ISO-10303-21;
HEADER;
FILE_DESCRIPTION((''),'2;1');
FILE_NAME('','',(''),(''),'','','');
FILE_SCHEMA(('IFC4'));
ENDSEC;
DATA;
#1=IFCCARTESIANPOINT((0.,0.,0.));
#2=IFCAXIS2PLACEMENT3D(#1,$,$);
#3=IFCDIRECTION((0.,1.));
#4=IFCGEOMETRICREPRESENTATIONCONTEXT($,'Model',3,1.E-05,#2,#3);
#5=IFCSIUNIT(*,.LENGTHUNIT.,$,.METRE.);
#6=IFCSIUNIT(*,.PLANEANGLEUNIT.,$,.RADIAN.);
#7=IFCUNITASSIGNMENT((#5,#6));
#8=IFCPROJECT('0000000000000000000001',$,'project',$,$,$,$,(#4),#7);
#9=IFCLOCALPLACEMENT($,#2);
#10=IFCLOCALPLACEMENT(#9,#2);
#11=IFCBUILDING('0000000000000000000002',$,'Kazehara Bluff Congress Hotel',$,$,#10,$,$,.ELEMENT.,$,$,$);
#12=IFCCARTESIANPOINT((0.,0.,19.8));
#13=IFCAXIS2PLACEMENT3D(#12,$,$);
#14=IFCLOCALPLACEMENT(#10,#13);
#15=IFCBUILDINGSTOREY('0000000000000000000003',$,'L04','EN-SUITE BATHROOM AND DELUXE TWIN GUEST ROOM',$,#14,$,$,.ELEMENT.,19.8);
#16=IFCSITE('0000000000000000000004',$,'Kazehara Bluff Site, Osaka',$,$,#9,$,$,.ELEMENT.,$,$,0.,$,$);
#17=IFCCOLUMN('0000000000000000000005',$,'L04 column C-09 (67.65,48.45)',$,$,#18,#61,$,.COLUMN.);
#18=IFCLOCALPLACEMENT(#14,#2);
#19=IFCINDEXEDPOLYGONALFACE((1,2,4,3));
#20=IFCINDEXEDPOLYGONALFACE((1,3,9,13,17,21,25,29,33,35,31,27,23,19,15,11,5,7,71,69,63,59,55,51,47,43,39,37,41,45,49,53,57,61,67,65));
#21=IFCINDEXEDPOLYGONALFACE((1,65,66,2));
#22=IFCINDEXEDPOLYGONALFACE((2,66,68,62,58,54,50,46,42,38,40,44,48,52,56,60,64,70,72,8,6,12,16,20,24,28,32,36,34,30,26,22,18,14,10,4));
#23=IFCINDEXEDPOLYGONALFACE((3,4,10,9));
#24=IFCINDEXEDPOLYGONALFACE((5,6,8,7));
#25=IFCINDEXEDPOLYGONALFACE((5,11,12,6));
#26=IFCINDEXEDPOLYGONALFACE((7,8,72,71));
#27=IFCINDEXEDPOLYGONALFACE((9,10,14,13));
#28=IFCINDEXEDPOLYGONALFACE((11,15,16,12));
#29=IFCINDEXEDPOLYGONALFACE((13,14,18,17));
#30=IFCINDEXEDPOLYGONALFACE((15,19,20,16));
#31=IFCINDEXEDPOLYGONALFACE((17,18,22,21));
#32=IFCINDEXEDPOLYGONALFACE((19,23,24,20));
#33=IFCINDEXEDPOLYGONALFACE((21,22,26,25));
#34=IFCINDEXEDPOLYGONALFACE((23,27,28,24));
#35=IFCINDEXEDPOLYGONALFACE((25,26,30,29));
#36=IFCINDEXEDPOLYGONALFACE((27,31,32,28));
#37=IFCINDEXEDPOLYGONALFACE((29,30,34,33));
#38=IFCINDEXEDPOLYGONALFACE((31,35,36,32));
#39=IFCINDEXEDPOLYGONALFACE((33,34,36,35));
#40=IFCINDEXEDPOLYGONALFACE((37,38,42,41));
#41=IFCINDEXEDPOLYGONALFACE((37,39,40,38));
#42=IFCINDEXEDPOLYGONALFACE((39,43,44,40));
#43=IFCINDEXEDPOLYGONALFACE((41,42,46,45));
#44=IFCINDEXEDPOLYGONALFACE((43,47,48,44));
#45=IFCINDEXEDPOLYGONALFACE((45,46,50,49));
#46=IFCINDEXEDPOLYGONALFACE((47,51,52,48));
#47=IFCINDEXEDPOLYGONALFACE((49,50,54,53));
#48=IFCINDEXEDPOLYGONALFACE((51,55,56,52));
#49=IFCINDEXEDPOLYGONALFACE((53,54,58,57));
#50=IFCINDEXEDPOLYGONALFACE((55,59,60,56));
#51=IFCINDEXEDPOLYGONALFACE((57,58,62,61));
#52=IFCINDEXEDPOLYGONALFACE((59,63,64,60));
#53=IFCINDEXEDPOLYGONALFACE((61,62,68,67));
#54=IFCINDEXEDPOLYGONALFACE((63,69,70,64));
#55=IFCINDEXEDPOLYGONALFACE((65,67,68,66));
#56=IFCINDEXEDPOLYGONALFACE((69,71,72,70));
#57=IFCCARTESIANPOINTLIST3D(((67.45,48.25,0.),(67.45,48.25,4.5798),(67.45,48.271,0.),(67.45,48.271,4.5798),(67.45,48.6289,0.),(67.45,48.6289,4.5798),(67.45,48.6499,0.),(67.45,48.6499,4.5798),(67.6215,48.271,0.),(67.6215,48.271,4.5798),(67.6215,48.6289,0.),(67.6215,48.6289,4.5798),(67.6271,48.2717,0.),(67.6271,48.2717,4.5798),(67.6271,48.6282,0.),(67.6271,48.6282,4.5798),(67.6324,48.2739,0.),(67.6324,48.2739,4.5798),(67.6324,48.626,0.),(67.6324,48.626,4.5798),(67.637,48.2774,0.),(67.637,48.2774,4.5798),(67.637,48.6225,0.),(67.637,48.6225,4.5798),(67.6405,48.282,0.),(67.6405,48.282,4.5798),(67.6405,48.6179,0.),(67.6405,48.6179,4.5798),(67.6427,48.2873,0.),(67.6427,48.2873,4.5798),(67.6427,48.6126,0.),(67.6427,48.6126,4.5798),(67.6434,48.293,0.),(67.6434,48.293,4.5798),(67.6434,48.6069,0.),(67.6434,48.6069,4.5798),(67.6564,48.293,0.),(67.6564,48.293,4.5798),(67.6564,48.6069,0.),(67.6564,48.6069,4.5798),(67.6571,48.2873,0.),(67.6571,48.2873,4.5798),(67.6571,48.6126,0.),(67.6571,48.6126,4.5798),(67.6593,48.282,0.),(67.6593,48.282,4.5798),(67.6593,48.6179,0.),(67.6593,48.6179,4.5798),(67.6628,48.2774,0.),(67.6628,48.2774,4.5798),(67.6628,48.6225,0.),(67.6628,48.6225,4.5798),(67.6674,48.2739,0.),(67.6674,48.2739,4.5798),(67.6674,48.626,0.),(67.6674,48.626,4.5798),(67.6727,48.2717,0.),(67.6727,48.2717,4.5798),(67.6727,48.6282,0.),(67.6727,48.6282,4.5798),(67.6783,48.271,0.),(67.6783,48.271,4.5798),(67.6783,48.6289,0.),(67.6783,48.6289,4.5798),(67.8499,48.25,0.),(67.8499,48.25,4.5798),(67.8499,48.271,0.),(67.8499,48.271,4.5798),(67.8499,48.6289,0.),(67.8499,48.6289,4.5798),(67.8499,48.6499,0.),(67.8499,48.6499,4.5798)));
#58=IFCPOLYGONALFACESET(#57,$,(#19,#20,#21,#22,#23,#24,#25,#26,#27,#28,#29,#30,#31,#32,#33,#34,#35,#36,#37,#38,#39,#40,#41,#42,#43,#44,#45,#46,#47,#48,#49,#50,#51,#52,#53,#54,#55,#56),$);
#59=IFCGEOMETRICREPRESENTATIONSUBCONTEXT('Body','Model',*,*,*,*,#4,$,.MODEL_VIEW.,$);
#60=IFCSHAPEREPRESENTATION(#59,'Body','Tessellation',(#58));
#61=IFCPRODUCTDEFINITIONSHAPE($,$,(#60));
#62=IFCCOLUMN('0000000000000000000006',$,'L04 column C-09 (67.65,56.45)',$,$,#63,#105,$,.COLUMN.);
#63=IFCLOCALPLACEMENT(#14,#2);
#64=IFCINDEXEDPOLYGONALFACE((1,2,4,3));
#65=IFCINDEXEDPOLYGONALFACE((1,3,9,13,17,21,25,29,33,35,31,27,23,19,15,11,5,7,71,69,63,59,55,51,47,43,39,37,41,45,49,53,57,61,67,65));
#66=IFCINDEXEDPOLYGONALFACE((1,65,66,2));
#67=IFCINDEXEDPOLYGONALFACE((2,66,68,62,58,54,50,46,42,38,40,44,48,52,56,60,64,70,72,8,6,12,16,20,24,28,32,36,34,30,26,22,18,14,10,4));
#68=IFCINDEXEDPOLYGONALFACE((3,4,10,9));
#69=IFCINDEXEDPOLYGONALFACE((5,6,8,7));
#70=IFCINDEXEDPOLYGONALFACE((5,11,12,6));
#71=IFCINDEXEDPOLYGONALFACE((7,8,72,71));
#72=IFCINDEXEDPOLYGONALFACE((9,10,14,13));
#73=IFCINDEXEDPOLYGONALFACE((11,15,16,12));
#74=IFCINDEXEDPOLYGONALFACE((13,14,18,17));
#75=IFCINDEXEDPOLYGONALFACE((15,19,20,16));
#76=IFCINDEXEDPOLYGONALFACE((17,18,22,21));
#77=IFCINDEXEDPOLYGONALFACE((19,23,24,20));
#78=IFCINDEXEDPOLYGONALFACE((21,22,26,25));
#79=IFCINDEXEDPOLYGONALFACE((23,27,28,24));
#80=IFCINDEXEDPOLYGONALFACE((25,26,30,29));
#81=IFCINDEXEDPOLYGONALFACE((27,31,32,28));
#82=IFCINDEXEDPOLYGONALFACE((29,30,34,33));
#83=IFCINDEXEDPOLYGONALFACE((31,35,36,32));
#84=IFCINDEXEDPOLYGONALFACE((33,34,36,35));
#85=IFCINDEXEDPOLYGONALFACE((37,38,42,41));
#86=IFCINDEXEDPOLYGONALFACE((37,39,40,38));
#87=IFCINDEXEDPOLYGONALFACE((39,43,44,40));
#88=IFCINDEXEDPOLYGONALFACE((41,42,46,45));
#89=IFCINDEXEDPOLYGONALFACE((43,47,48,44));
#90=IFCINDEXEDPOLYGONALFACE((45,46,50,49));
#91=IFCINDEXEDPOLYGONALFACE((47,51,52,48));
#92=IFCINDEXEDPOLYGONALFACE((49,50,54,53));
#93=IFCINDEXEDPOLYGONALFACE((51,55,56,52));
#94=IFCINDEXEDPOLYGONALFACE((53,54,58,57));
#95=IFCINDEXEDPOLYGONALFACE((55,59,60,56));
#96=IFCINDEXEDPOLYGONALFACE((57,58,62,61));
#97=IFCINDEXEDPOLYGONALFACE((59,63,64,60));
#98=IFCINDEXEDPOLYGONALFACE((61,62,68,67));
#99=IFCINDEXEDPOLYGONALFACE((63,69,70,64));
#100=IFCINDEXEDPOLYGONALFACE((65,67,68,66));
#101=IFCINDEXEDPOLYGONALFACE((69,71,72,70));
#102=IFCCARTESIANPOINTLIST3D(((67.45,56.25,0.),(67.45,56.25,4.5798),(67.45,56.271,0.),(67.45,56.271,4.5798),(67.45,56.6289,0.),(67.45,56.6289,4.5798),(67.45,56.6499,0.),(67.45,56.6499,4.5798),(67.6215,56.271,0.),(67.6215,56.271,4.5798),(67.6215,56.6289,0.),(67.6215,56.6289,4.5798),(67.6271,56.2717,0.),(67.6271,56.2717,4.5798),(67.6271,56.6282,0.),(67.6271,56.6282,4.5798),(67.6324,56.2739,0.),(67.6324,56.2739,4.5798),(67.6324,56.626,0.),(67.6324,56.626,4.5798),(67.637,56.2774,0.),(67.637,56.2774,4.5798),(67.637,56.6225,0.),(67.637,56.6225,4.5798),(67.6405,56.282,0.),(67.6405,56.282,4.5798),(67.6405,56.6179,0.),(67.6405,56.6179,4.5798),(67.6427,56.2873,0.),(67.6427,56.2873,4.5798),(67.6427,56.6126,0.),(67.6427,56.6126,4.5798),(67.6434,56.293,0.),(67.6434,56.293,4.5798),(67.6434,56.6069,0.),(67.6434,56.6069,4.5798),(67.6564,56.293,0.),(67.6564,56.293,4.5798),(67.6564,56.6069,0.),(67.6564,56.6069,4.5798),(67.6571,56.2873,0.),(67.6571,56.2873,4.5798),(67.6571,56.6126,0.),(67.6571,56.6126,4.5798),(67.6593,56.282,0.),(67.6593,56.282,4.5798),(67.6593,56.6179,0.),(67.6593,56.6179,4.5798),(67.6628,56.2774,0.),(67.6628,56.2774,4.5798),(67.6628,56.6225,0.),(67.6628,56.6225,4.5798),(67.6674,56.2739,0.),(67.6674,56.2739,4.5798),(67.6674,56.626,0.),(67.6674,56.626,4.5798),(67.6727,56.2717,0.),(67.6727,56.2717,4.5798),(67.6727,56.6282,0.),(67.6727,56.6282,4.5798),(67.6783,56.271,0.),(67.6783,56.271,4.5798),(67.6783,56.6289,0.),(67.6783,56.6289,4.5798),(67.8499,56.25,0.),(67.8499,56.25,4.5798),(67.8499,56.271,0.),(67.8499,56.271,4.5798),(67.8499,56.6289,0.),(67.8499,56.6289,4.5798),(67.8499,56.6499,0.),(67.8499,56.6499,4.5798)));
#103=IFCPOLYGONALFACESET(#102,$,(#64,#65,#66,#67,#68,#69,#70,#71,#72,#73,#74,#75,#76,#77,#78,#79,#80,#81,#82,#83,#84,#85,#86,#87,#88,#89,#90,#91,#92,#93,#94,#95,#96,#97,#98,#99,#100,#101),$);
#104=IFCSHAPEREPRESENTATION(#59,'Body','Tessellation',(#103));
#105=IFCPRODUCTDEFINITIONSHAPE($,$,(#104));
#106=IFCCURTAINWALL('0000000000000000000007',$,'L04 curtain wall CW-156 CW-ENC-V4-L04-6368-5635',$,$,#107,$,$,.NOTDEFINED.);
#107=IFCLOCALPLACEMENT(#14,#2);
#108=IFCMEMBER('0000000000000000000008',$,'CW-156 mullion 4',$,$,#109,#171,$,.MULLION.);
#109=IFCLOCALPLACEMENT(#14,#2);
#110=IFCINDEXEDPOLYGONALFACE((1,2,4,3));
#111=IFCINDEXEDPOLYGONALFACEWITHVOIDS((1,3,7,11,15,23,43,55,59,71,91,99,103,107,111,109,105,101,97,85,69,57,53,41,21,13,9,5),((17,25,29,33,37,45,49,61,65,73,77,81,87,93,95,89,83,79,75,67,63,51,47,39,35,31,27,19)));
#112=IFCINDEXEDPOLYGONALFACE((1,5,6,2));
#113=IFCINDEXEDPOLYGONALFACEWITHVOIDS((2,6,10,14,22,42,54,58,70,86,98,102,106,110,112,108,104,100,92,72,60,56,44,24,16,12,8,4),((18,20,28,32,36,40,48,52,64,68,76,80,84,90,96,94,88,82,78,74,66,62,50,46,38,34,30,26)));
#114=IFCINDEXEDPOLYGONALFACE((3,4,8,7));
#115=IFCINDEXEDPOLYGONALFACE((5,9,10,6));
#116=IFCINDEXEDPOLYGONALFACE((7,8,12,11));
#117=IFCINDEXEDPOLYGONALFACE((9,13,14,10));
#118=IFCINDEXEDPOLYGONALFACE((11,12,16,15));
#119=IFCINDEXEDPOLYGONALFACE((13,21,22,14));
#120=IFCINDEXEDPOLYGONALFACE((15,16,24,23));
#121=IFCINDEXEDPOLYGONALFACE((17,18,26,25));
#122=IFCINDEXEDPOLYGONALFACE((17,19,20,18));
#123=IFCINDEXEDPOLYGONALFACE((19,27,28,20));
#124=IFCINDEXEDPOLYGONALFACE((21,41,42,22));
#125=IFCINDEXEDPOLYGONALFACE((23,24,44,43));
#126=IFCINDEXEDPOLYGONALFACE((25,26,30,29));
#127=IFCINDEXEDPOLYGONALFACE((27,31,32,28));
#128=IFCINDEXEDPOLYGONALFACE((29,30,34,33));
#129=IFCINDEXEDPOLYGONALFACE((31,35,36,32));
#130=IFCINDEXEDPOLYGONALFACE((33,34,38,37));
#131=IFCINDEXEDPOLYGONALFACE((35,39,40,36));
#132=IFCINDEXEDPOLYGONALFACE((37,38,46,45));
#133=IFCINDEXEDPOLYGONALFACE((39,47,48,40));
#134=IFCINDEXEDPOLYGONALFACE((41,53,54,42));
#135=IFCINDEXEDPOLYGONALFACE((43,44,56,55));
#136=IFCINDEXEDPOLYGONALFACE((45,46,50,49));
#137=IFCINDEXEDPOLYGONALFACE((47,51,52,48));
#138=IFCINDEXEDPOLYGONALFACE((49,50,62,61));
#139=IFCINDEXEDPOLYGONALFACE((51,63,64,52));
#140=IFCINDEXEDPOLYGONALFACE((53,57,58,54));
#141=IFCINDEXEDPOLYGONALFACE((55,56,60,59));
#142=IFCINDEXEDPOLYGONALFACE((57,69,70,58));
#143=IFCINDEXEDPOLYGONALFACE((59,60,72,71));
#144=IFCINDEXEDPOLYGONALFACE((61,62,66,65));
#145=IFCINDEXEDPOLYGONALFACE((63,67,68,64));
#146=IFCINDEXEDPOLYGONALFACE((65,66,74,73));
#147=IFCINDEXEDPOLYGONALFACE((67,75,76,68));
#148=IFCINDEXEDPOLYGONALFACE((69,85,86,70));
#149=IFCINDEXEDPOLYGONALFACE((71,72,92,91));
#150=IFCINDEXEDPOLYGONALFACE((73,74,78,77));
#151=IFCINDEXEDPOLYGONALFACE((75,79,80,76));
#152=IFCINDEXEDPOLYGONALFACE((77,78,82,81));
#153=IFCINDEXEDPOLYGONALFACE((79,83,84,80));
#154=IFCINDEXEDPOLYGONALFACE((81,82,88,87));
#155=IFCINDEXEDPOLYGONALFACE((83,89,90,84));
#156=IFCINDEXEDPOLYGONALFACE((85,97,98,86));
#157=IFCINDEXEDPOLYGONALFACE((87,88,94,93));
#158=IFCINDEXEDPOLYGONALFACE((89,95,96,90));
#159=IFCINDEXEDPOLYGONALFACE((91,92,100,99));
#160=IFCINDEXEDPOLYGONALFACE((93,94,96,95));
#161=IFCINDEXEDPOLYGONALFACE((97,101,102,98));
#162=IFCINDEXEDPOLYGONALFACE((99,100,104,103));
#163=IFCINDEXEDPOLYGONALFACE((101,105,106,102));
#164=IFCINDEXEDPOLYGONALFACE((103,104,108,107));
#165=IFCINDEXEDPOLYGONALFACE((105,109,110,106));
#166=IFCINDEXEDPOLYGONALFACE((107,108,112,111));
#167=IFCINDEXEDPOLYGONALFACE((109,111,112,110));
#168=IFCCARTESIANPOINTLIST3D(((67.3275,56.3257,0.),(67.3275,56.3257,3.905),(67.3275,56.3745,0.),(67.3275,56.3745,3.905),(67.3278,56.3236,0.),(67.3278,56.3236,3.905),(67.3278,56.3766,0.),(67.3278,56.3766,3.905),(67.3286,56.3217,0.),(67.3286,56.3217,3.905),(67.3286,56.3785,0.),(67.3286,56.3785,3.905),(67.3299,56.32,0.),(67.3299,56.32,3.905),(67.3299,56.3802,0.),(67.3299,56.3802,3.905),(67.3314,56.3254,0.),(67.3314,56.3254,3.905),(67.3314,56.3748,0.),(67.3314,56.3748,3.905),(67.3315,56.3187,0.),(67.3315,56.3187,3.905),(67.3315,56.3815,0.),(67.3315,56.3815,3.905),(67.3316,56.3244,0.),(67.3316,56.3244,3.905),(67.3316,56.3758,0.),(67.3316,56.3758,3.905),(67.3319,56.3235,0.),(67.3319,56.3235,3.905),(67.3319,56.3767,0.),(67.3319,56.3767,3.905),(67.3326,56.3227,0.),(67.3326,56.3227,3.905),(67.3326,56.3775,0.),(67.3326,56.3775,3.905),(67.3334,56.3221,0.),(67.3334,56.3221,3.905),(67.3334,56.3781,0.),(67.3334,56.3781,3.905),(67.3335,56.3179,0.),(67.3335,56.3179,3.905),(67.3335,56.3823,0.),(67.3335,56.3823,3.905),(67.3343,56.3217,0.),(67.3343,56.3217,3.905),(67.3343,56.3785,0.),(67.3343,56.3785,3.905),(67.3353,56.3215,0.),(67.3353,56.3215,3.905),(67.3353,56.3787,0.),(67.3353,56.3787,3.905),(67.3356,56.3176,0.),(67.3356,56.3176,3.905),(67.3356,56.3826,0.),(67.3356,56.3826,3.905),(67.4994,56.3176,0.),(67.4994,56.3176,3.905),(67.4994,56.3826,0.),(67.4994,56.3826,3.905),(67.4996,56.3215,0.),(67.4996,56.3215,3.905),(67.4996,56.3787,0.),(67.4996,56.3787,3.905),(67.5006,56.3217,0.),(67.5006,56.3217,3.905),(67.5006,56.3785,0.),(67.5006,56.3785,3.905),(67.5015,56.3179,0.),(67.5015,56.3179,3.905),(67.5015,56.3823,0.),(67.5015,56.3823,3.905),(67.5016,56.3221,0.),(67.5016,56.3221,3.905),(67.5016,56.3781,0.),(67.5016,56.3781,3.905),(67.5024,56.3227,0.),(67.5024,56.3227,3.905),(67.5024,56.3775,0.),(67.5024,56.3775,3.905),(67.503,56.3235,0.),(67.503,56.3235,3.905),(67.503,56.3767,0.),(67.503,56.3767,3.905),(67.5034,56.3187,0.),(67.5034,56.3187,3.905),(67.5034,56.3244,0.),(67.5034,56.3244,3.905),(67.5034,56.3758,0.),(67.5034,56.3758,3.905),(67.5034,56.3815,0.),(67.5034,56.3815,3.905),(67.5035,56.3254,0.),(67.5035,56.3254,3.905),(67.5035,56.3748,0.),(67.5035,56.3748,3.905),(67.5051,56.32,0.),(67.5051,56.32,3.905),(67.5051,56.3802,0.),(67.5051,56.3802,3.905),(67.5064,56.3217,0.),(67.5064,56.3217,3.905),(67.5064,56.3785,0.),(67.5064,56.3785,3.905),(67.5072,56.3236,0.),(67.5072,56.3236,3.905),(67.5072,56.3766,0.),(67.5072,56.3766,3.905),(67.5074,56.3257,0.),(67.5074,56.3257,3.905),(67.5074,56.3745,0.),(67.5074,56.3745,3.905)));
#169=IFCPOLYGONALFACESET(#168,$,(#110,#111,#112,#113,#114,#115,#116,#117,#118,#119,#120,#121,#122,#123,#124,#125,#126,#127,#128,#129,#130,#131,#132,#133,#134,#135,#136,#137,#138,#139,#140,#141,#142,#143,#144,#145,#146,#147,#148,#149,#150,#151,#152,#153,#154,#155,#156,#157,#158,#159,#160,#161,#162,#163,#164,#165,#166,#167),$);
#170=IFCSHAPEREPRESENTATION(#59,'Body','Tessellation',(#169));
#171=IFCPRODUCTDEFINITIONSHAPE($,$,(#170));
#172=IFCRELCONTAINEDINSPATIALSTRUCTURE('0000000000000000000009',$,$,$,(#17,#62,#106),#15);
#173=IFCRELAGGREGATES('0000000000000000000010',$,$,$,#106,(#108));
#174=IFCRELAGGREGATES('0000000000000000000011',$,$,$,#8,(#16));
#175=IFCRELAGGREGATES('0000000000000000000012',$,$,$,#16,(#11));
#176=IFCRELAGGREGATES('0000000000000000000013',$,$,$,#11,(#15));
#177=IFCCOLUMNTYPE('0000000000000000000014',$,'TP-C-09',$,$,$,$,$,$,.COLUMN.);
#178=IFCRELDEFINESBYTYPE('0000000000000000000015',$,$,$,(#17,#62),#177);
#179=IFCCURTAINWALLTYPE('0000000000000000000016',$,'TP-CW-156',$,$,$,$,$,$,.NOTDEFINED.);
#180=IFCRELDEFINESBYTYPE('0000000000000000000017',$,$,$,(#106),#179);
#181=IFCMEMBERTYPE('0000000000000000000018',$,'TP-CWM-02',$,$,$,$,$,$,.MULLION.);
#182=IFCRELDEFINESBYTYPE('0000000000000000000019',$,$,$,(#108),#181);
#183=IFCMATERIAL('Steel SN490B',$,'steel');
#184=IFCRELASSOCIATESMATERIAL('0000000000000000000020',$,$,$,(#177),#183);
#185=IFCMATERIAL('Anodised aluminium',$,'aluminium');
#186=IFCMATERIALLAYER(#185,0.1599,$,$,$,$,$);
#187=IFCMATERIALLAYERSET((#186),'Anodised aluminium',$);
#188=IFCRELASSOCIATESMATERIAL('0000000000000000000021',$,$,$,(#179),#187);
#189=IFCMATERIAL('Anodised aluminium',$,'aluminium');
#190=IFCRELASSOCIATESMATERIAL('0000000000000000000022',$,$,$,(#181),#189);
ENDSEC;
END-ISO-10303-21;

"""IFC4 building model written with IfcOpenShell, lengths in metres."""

from ifc_helpers import new_model, si_unit, direction, frame, origin, origin_2d, place, context, subcontext, project, spatial, hollow_rectangle, i_section, extrude, material, layer, layer_set, material_profile, profile_set, type_object, element, aggregate, save


model = new_model("IFC4")

# Units and contexts
model_context = context("Model", 3, precision=1e-05, world=origin(), true_north=direction((0.0, 1.0)))
body_context = subcontext(model_context, "Body", "Model", "MODEL_VIEW")
ifc_project = project(units=[si_unit("LENGTHUNIT", "METRE"), si_unit("PLANEANGLEUNIT", "RADIAN")], contexts=[model_context])

# Site, building, storey
site_placement = place(None, origin())
site = spatial("IfcSite", under=ifc_project, at=site_placement, Name="Kazehara Bluff Site, Osaka", CompositionType="ELEMENT", RefElevation=0.0)
building_placement = place(site_placement, origin())
building = spatial("IfcBuilding", under=site, at=building_placement, Name="Kazehara Bluff Congress Hotel", CompositionType="ELEMENT")
storey_placement = place(building_placement, frame((0.0, 0.0, 19.8)))
storey = spatial("IfcBuildingStorey", under=building, at=storey_placement, Name="L04", Description="EN-SUITE BATHROOM AND DELUXE TWIN GUEST ROOM", CompositionType="ELEMENT", Elevation=19.8)

# Columns
ifc_material_1 = material(Name="Steel SN490B", Category="steel")
ifc_material_profile_1 = material_profile(ifc_material_1, i_section(OverallWidth=0.3999, OverallDepth=0.3999, WebThickness=0.0129, FlangeThickness=0.021, FilletRadius=0.022, at=origin_2d()))
ifc_profile_set_1 = profile_set([ifc_material_profile_1], Name="Steel SN490B")
column_type = type_object("IfcColumnType", Name="TP-C-09", PredefinedType="COLUMN", material=ifc_profile_set_1)
for number, where, z_axis, x_axis, name in (
    (1, (67.6499, 48.45, 0.0), (0.0, 0.0, 1.0), (1.0, 0.0, 0.0), "L04 column C-09 (67.65,48.45)"),
    (2, (67.6499, 56.45, 0.0), (0.0, 0.0, 1.0), (1.0, 0.0, 0.0), "L04 column C-09 (67.65,56.45)"),
):
    element("IfcColumn", number, at=place(storey_placement, frame(where, z_axis=z_axis, x_axis=x_axis)), inside=storey, type_object=column_type, Name=name, PredefinedType="COLUMN", context=body_context, shape_type="SweptSolid", body=[
        extrude(i_section(OverallWidth=0.3999, OverallDepth=0.3999, WebThickness=0.0129, FlangeThickness=0.021, FilletRadius=0.022, at=origin_2d()), origin(), (0.0, 0.0, 1.0), 4.5798),
    ])

# Curtain wall, member
ifc_material_2 = material(Name="Anodised aluminium", Category="aluminium")
ifc_layer_1 = layer(ifc_material_2, 0.1599)
ifc_layer_set_1 = layer_set([ifc_layer_1], Name="Anodised aluminium")
curtain_wall_type_1 = type_object("IfcCurtainWallType", Name="TP-CW-156", PredefinedType="NOTDEFINED", material=ifc_layer_set_1)
curtain_wall_1_placement = place(storey_placement, origin())
curtain_wall_1 = element("IfcCurtainWall", 3, at=curtain_wall_1_placement, inside=storey, type_object=curtain_wall_type_1, Name="L04 curtain wall CW-156 CW-ENC-V4-L04-6368-5635", PredefinedType="NOTDEFINED")
ifc_material_3 = material(Name="Anodised aluminium", Category="aluminium")
ifc_material_profile_2 = material_profile(ifc_material_3, hollow_rectangle(XDim=0.0649, YDim=0.1799, WallThickness=0.0039, InnerFilletRadius=0.0039, OuterFilletRadius=0.0081, at=origin_2d()))
ifc_profile_set_2 = profile_set([ifc_material_profile_2], Name="Anodised aluminium")
member_type_1 = type_object("IfcMemberType", Name="TP-CWM-02", PredefinedType="MULLION", material=ifc_profile_set_2)
member_1_placement = place(storey_placement, frame((67.4175, 56.3501, 0.0), z_axis=(0.0, 0.0, 1.0), x_axis=(0.0, 1.0, 0.0)))
member_1 = element("IfcMember", 4, at=member_1_placement, type_object=member_type_1, Name="CW-156 mullion 4", PredefinedType="MULLION", context=body_context, shape_type="SweptSolid", body=[
    extrude(hollow_rectangle(XDim=0.0649, YDim=0.1799, WallThickness=0.0039, InnerFilletRadius=0.0039, OuterFilletRadius=0.0081, at=origin_2d()), origin(), (0.0, 0.0, 1.0), 3.905),
])

aggregate(curtain_wall_1, [member_1])

save(model, "model.ifc")
